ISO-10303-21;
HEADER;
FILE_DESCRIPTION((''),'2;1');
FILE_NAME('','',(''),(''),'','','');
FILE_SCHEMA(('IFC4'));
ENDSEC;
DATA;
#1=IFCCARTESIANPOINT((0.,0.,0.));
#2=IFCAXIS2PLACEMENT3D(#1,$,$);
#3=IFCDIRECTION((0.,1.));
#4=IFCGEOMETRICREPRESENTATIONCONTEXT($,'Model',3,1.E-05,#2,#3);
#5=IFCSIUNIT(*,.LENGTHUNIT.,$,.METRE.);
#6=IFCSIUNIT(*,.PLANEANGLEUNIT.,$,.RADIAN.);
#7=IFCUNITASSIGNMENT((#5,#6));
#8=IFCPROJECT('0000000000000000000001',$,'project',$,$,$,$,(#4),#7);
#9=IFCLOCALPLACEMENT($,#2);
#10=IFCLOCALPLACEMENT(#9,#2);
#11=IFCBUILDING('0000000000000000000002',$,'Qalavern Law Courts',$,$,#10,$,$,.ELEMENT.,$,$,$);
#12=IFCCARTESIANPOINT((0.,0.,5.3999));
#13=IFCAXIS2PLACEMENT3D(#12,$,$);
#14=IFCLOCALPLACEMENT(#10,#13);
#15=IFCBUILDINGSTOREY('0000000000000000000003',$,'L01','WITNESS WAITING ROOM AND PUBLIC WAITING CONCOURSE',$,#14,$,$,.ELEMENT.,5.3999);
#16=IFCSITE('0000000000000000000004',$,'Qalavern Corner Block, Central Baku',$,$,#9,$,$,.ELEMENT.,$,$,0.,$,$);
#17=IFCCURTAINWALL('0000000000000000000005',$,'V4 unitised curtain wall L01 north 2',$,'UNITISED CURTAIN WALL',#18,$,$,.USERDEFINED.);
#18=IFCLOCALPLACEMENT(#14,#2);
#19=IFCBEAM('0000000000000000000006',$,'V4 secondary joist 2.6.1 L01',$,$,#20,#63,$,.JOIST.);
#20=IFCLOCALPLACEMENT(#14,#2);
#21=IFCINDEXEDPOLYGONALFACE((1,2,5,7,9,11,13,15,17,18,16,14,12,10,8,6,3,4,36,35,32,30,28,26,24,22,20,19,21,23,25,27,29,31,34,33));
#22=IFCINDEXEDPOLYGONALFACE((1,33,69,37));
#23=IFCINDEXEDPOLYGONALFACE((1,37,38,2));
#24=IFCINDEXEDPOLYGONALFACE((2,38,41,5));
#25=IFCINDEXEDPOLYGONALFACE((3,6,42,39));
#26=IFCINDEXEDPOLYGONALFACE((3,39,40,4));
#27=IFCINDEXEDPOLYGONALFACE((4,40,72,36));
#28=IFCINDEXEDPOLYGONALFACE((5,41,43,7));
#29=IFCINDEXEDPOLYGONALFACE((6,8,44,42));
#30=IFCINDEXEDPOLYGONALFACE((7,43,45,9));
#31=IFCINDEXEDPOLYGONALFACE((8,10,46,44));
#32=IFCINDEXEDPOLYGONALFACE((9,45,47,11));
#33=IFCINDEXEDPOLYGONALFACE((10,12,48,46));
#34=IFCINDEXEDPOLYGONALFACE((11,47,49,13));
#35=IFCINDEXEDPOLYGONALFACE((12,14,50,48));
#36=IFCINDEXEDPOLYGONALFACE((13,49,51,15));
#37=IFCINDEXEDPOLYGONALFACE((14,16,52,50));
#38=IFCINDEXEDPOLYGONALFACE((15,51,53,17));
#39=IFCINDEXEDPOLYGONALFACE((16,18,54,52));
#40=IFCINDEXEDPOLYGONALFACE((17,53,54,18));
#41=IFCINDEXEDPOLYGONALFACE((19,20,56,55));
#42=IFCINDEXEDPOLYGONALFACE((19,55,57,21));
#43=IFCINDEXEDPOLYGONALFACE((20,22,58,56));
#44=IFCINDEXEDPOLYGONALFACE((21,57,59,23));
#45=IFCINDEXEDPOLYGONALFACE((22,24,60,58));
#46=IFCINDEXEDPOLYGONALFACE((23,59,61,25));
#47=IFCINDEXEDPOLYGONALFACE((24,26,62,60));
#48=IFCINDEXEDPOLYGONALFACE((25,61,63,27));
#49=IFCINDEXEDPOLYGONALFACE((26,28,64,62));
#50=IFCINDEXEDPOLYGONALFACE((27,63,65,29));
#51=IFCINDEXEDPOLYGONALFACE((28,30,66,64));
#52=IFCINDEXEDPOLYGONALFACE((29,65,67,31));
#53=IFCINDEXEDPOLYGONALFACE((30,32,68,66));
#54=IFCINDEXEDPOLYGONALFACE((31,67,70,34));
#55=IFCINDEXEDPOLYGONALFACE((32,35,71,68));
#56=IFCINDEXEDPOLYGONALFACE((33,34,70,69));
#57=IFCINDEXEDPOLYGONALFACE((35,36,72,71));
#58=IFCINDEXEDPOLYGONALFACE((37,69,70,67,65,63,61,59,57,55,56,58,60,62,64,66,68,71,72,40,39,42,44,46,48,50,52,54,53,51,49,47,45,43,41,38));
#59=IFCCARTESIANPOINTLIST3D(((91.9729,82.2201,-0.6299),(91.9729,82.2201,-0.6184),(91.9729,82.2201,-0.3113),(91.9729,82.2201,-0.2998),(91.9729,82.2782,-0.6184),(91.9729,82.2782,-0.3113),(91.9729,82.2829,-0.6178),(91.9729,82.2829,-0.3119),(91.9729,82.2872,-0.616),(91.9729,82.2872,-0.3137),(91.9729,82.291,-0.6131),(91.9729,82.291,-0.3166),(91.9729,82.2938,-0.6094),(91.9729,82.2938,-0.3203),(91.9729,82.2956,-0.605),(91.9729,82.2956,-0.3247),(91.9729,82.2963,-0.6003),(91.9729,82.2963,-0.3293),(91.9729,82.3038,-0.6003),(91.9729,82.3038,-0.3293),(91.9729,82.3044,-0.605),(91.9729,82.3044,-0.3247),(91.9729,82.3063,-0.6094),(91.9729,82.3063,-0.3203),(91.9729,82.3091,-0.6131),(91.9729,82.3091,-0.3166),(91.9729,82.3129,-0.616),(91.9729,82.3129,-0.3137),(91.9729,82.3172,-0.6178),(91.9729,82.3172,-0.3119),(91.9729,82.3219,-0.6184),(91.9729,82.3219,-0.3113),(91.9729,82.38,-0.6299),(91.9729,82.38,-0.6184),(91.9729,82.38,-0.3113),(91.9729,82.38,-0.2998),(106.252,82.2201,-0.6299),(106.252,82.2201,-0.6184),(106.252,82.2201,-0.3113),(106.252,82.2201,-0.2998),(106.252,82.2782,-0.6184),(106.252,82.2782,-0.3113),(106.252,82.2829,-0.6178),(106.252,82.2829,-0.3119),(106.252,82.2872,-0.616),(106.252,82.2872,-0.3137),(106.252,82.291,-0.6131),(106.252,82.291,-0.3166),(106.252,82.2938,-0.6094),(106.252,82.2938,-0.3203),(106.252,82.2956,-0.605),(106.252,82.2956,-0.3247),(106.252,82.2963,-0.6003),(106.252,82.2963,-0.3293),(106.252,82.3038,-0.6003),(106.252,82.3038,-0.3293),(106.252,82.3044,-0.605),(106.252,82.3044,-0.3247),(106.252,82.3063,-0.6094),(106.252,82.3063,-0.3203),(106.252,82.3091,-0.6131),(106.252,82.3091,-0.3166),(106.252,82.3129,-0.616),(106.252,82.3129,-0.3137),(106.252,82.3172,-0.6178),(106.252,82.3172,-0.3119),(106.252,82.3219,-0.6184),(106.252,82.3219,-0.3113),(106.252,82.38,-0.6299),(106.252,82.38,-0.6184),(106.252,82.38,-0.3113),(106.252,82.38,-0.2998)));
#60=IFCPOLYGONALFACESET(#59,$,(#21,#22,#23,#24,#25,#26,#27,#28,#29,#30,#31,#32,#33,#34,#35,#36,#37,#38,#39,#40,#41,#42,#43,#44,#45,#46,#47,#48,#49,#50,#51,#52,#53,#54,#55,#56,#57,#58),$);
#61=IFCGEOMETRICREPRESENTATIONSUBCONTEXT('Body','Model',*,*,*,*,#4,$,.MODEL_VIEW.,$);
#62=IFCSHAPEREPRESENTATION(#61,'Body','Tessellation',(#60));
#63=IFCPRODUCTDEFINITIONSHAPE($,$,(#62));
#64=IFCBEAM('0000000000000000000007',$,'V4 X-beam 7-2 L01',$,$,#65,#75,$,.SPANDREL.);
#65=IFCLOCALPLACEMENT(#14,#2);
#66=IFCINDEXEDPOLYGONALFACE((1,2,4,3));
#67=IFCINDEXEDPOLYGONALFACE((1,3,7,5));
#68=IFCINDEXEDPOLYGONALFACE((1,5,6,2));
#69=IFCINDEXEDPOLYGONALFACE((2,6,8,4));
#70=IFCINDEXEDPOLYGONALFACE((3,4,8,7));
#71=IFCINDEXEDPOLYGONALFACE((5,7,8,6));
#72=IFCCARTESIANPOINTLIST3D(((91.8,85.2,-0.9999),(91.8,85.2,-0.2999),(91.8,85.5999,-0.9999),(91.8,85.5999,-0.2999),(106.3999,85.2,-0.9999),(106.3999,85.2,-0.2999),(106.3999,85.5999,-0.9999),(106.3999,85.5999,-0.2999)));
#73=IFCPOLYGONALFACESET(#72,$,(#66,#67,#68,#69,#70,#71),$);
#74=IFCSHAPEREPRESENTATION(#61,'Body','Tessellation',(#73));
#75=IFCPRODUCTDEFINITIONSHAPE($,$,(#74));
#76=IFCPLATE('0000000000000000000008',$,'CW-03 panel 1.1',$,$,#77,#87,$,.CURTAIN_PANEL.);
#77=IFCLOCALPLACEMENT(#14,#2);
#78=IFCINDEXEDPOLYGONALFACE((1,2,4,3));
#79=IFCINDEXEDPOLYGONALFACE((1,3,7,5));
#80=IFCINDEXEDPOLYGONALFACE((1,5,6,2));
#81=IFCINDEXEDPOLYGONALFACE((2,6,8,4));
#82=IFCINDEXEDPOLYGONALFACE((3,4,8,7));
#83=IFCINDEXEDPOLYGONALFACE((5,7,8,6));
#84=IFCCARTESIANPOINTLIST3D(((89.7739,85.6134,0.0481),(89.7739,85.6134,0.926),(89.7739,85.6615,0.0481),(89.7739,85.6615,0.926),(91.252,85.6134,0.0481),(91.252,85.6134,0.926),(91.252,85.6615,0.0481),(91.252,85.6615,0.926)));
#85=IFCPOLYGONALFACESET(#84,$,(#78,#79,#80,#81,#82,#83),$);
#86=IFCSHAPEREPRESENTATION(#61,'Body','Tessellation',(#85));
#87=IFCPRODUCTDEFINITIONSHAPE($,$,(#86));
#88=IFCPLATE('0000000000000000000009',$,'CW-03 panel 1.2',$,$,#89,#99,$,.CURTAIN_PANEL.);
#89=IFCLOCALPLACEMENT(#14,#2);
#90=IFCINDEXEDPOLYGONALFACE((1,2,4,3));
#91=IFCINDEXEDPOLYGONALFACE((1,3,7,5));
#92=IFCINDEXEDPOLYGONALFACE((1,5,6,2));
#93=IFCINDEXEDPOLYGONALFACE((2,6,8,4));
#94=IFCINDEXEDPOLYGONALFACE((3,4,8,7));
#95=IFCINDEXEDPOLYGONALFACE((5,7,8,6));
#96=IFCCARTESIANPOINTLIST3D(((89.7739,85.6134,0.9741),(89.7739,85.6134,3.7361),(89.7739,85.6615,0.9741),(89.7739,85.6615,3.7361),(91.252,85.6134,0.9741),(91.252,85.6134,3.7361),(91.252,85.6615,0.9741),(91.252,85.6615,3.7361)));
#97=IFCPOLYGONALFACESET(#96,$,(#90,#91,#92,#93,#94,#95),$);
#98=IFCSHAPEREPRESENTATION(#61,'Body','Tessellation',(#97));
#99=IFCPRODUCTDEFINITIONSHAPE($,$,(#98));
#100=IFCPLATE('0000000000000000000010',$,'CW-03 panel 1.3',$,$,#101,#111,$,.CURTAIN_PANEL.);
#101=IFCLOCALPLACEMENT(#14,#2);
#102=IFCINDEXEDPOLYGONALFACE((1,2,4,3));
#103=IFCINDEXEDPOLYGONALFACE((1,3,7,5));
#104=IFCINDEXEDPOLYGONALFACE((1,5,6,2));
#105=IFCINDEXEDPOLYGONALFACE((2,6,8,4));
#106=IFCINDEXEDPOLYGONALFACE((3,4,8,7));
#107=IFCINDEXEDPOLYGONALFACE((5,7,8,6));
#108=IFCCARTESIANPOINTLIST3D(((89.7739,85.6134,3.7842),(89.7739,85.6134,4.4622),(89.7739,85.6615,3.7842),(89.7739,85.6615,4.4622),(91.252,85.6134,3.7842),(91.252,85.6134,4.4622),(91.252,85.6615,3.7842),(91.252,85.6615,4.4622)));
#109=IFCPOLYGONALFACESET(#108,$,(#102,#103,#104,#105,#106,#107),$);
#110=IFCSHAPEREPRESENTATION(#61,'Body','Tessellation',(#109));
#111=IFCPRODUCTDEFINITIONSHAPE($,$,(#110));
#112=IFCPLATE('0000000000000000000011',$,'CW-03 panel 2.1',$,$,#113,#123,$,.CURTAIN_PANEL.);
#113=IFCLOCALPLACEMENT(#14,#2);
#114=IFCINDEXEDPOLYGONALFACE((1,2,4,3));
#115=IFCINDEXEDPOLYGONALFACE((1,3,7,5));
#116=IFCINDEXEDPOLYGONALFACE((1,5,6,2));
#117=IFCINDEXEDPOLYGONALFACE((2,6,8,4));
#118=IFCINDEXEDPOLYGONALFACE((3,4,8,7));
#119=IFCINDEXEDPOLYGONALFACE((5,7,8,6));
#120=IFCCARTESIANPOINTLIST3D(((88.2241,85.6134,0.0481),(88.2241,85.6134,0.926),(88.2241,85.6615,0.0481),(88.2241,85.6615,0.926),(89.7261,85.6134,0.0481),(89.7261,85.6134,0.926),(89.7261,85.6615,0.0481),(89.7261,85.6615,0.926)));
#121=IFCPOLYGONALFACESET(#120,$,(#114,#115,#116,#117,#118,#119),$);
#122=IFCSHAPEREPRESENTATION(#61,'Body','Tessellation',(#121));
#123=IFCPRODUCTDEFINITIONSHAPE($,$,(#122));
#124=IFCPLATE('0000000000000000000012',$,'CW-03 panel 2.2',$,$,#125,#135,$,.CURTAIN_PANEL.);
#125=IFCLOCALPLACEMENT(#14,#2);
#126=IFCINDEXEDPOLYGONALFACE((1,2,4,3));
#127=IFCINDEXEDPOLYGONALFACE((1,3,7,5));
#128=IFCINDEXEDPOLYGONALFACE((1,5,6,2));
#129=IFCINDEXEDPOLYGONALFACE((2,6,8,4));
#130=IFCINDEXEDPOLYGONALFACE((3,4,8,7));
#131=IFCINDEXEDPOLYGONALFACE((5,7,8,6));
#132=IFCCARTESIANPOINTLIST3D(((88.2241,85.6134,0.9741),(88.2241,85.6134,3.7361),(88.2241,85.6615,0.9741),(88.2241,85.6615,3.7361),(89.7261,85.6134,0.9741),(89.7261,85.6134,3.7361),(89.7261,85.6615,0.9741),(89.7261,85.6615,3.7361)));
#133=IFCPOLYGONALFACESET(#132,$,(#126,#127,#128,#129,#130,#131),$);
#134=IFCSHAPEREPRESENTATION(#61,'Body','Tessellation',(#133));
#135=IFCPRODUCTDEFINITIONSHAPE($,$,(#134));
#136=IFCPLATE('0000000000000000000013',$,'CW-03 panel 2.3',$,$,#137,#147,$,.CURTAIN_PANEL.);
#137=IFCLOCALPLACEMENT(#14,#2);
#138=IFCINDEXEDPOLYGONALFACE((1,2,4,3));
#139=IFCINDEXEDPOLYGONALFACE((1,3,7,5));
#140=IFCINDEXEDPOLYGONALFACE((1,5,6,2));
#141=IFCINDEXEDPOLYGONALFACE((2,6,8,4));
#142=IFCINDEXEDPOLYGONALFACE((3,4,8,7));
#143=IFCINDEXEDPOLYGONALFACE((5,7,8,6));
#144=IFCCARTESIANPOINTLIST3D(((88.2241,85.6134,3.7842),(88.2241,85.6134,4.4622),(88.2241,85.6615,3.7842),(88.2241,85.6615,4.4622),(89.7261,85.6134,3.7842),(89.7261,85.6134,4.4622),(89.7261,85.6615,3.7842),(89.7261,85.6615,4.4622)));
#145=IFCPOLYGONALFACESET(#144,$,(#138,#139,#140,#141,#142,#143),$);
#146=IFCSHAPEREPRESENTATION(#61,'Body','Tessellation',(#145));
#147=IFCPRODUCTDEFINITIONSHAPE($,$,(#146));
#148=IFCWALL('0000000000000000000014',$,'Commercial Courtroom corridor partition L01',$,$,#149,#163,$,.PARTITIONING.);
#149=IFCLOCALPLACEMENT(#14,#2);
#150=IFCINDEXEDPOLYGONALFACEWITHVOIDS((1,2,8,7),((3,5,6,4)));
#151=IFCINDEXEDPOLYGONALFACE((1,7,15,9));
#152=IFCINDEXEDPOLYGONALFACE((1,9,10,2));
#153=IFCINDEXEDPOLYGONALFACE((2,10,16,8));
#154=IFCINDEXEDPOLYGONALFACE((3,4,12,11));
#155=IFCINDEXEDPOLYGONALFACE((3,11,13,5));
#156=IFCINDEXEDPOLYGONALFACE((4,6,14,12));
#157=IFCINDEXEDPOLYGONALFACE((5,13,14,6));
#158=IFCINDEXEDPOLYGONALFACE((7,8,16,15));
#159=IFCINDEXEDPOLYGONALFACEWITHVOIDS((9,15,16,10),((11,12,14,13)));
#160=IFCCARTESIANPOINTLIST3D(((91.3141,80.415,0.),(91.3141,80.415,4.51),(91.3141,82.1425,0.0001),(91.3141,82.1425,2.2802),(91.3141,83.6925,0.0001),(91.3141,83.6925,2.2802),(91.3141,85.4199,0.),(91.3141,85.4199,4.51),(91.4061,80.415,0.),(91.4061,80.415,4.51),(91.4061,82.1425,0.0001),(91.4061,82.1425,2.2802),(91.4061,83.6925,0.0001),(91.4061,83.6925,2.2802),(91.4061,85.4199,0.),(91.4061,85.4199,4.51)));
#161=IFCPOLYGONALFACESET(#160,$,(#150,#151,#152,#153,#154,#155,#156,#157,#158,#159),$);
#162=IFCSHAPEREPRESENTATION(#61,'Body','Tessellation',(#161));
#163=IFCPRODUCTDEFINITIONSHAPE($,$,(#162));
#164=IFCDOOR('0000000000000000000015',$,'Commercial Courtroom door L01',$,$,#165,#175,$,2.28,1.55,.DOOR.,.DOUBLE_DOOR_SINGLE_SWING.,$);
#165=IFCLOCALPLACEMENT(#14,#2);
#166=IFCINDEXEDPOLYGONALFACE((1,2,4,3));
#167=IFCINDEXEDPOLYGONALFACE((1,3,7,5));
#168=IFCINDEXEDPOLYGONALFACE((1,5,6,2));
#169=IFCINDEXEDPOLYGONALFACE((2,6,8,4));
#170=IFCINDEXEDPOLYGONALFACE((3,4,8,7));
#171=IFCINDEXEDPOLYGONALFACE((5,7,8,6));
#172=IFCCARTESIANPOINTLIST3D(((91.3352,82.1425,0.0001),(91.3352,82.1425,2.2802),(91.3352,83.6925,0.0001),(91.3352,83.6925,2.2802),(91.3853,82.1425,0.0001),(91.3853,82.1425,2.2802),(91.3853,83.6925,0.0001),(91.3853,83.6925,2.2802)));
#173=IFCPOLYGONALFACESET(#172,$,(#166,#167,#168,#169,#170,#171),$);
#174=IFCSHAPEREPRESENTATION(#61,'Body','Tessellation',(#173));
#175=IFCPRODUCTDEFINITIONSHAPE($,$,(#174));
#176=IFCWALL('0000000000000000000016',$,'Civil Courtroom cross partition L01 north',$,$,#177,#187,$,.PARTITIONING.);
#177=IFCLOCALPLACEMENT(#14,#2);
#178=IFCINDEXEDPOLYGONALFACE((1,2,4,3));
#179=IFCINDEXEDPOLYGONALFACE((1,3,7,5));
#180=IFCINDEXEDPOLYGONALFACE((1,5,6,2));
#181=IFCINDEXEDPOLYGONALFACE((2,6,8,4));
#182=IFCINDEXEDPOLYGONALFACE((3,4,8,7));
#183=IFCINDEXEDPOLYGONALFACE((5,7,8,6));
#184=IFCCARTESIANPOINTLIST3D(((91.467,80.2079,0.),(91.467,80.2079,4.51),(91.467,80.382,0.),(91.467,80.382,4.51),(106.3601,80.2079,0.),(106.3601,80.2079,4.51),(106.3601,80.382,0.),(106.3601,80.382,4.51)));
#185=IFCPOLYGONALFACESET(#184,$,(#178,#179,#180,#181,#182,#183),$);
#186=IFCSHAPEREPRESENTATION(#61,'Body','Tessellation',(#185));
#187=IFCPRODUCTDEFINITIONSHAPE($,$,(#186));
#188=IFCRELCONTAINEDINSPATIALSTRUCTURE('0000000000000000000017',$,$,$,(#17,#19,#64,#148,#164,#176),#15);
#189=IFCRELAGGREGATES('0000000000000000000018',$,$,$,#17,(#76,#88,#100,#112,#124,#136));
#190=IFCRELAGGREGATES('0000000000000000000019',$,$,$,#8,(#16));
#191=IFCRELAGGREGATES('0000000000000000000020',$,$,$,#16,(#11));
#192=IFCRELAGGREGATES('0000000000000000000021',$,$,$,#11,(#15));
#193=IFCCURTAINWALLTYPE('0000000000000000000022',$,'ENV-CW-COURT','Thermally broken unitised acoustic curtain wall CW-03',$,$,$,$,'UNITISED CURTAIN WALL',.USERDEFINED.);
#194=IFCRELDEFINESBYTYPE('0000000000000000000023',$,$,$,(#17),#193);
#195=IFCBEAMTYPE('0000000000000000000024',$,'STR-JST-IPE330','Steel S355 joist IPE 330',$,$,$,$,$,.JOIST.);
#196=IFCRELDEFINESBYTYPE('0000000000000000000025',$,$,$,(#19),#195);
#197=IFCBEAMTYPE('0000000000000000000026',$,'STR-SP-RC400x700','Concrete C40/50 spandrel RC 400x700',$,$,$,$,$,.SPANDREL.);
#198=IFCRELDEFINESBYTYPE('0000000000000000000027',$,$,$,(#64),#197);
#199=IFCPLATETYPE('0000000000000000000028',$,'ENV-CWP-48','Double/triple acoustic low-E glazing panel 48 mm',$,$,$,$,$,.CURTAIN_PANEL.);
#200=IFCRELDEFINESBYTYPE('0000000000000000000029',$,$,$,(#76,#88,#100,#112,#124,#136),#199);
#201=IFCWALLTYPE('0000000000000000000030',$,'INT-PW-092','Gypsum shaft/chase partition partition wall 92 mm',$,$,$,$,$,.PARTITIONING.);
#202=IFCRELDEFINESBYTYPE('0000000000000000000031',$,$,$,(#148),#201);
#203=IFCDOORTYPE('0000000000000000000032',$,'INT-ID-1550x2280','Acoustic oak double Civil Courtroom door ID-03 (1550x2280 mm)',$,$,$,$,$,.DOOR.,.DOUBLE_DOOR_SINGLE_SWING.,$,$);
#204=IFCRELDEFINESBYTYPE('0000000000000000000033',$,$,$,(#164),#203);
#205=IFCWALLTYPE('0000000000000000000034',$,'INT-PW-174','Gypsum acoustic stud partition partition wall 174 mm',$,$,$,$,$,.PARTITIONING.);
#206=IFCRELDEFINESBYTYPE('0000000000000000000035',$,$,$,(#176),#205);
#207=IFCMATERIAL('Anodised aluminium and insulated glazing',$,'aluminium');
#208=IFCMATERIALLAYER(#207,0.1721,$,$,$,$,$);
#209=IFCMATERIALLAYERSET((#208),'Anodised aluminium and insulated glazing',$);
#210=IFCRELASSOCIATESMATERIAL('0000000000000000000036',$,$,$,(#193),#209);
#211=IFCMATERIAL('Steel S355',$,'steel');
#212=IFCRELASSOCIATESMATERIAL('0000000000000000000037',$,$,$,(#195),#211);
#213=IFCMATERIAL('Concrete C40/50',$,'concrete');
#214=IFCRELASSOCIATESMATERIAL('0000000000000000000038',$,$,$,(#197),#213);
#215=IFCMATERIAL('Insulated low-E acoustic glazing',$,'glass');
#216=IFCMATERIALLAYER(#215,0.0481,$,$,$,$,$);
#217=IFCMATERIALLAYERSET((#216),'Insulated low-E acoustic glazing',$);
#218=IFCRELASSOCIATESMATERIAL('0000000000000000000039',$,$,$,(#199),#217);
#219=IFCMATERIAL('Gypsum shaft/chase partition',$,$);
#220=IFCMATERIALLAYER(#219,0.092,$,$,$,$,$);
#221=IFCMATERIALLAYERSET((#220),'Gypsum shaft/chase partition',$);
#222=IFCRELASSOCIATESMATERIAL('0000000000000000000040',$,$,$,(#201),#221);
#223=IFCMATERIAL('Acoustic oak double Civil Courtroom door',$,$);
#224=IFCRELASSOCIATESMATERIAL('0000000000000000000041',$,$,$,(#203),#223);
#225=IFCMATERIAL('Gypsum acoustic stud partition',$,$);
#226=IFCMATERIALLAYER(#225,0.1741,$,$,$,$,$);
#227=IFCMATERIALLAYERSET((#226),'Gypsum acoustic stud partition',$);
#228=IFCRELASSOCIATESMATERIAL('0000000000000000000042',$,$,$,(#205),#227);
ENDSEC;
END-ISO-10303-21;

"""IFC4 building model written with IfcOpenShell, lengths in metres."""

from ifc_helpers import new_model, si_unit, direction, frame, frame_2d, origin, origin_2d, place, context, subcontext, project, spatial, rectangle, i_section, extrude, material, layer, layer_set, material_profile, profile_set, type_object, element, fill, aggregate, save


model = new_model("IFC4")

# Units and contexts
model_context = context("Model", 3, precision=1e-05, world=origin(), true_north=direction((0.0, 1.0)))
body_context = subcontext(model_context, "Body", "Model", "MODEL_VIEW")
ifc_project = project(units=[si_unit("LENGTHUNIT", "METRE"), si_unit("PLANEANGLEUNIT", "RADIAN")], contexts=[model_context])

# Site, building, storey
site_placement = place(None, origin())
site = spatial("IfcSite", under=ifc_project, at=site_placement, Name="Qalavern Corner Block, Central Baku", CompositionType="ELEMENT", RefElevation=0.0)
building_placement = place(site_placement, origin())
building = spatial("IfcBuilding", under=site, at=building_placement, Name="Qalavern Law Courts", CompositionType="ELEMENT")
storey_placement = place(building_placement, frame((0.0, 0.0, 5.3999)))
storey = spatial("IfcBuildingStorey", under=building, at=storey_placement, Name="L01", Description="WITNESS WAITING ROOM AND PUBLIC WAITING CONCOURSE", CompositionType="ELEMENT", Elevation=5.3999)

# Curtain wall
ifc_material_1 = material(Name="Anodised aluminium and insulated glazing", Category="aluminium")
ifc_layer_1 = layer(ifc_material_1, 0.1721)
ifc_layer_set_1 = layer_set([ifc_layer_1], Name="Anodised aluminium and insulated glazing")
curtain_wall_type = type_object("IfcCurtainWallType", Name="ENV-CW-COURT", Description="Thermally broken unitised acoustic curtain wall CW-03", ElementType="UNITISED CURTAIN WALL", PredefinedType="USERDEFINED", material=ifc_layer_set_1)
curtain_wall_placement = place(storey_placement, origin())
curtain_wall = element("IfcCurtainWall", 1, at=curtain_wall_placement, inside=storey, type_object=curtain_wall_type, Name="V4 unitised curtain wall L01 north 2", ObjectType="UNITISED CURTAIN WALL", PredefinedType="USERDEFINED")

# Beams
ifc_material_2 = material(Name="Concrete C40/50", Category="concrete")
ifc_material_3 = material(Name="Steel S355", Category="steel")
ifc_material_profile_1 = material_profile(ifc_material_3, i_section(OverallWidth=0.1599, OverallDepth=0.3301, WebThickness=0.0076, FlangeThickness=0.0115, FilletRadius=0.0181, at=origin_2d()), Name="IPE 330")
ifc_profile_set_1 = profile_set([ifc_material_profile_1], Name="Steel S355")
beam_type_1 = type_object("IfcBeamType", Name="STR-JST-IPE330", Description="Steel S355 joist IPE 330", PredefinedType="JOIST", material=ifc_profile_set_1)
beam_1_placement = place(storey_placement, frame((91.9729, 82.3, -0.4648), z_axis=(1.0, 0.0, 0.0), x_axis=(0.0, 1.0, 0.0)))
element("IfcBeam", 2, at=beam_1_placement, inside=storey, type_object=beam_type_1, Name="V4 secondary joist 2.6.1 L01", PredefinedType="JOIST", context=body_context, shape_type="SweptSolid", body=[
    extrude(i_section(OverallWidth=0.1599, OverallDepth=0.3301, WebThickness=0.0076, FlangeThickness=0.0115, FilletRadius=0.0181, at=origin_2d()), origin(), (0.0, 0.0, 1.0), 14.2791),
])
ifc_material_profile_2 = material_profile(ifc_material_2, rectangle(XDim=0.3999, YDim=0.7, at=origin_2d()), Name="RC 400x700")
ifc_profile_set_2 = profile_set([ifc_material_profile_2], Name="Concrete C40/50")
beam_type_2 = type_object("IfcBeamType", Name="STR-SP-RC400x700", Description="Concrete C40/50 spandrel RC 400x700", PredefinedType="SPANDREL", material=ifc_profile_set_2)
beam_2_placement = place(storey_placement, frame((91.8, 85.3999, -0.6499), z_axis=(1.0, 0.0, 0.0), x_axis=(0.0, 1.0, 0.0)))
element("IfcBeam", 3, at=beam_2_placement, inside=storey, type_object=beam_type_2, Name="V4 X-beam 7-2 L01", PredefinedType="SPANDREL", context=body_context, shape_type="SweptSolid", body=[
    extrude(rectangle(XDim=0.3999, YDim=0.7, at=origin_2d()), origin(), (0.0, 0.0, 1.0), 14.5999),
])

# Plates
ifc_material_4 = material(Name="Insulated low-E acoustic glazing", Category="glass")
ifc_layer_2 = layer(ifc_material_4, 0.0481)
ifc_layer_set_2 = layer_set([ifc_layer_2], Name="Insulated low-E acoustic glazing")
plate_type = type_object("IfcPlateType", Name="ENV-CWP-48", Description="Double/triple acoustic low-E glazing panel 48 mm", PredefinedType="CURTAIN_PANEL", material=ifc_layer_set_2)
plate_1_placement = place(storey_placement, frame((90.5129, 85.6375, 0.0481), z_axis=(0.0, 0.0, 1.0), x_axis=(-1.0, 0.0, 0.0)))
plate_1 = element("IfcPlate", 4, at=plate_1_placement, type_object=plate_type, Name="CW-03 panel 1.1", PredefinedType="CURTAIN_PANEL", context=body_context, shape_type="SweptSolid", body=[
    extrude(rectangle(XDim=1.478, YDim=0.0481, at=origin_2d()), origin(), (0.0, 0.0, 1.0), 0.8779),
])
plate_2_placement = place(storey_placement, frame((90.5129, 85.6375, 0.9741), z_axis=(0.0, 0.0, 1.0), x_axis=(-1.0, 0.0, 0.0)))
plate_2 = element("IfcPlate", 5, at=plate_2_placement, type_object=plate_type, Name="CW-03 panel 1.2", PredefinedType="CURTAIN_PANEL", context=body_context, shape_type="SweptSolid", body=[
    extrude(rectangle(XDim=1.478, YDim=0.0481, at=origin_2d()), origin(), (0.0, 0.0, 1.0), 2.762),
])
plate_3_placement = place(storey_placement, frame((90.5129, 85.6375, 3.7842), z_axis=(0.0, 0.0, 1.0), x_axis=(-1.0, 0.0, 0.0)))
plate_3 = element("IfcPlate", 6, at=plate_3_placement, type_object=plate_type, Name="CW-03 panel 1.3", PredefinedType="CURTAIN_PANEL", context=body_context, shape_type="SweptSolid", body=[
    extrude(rectangle(XDim=1.478, YDim=0.0481, at=origin_2d()), origin(), (0.0, 0.0, 1.0), 0.678),
])
plate_4_placement = place(storey_placement, frame((88.9751, 85.6375, 0.0481), z_axis=(0.0, 0.0, 1.0), x_axis=(-1.0, 0.0, 0.0)))
plate_4 = element("IfcPlate", 7, at=plate_4_placement, type_object=plate_type, Name="CW-03 panel 2.1", PredefinedType="CURTAIN_PANEL", context=body_context, shape_type="SweptSolid", body=[
    extrude(rectangle(XDim=1.502, YDim=0.0481, at=origin_2d()), origin(), (0.0, 0.0, 1.0), 0.8779),
])
plate_5_placement = place(storey_placement, frame((88.9751, 85.6375, 0.9741), z_axis=(0.0, 0.0, 1.0), x_axis=(-1.0, 0.0, 0.0)))
plate_5 = element("IfcPlate", 8, at=plate_5_placement, type_object=plate_type, Name="CW-03 panel 2.2", PredefinedType="CURTAIN_PANEL", context=body_context, shape_type="SweptSolid", body=[
    extrude(rectangle(XDim=1.502, YDim=0.0481, at=origin_2d()), origin(), (0.0, 0.0, 1.0), 2.762),
])
plate_6_placement = place(storey_placement, frame((88.9751, 85.6375, 3.7842), z_axis=(0.0, 0.0, 1.0), x_axis=(-1.0, 0.0, 0.0)))
plate_6 = element("IfcPlate", 9, at=plate_6_placement, type_object=plate_type, Name="CW-03 panel 2.3", PredefinedType="CURTAIN_PANEL", context=body_context, shape_type="SweptSolid", body=[
    extrude(rectangle(XDim=1.502, YDim=0.0481, at=origin_2d()), origin(), (0.0, 0.0, 1.0), 0.678),
])
aggregate(curtain_wall, [plate_1, plate_2, plate_3, plate_4, plate_5, plate_6])

# Wall, opening, door
ifc_material_5 = material(Name="Gypsum shaft/chase partition")
ifc_layer_3 = layer(ifc_material_5, 0.092)
ifc_layer_set_3 = layer_set([ifc_layer_3], Name="Gypsum shaft/chase partition")
wall_type_1 = type_object("IfcWallType", Name="INT-PW-092", Description="Gypsum shaft/chase partition partition wall 92 mm", PredefinedType="PARTITIONING", material=ifc_layer_set_3)
wall_1_placement = place(storey_placement, frame((91.3601, 80.415, 0.0), z_axis=(0.0, 0.0, 1.0), x_axis=(0.0, 1.0, 0.0)))
wall_1 = element("IfcWall", 10, at=wall_1_placement, inside=storey, type_object=wall_type_1, Name="Commercial Courtroom corridor partition L01", PredefinedType="PARTITIONING", context=body_context, shape_type="SweptSolid", body=[
    extrude(rectangle(XDim=5.0049, YDim=0.092, at=frame_2d((2.5024, 0.0))), origin(), (0.0, 0.0, 1.0), 4.51),
])
opening_placement = place(wall_1_placement, frame((1.7275, 0.0, 0.0)))
opening = element("IfcOpeningElement", 11, at=opening_placement, cuts=wall_1, PredefinedType="OPENING", context=body_context, shape_type="SweptSolid", body=[
    extrude(rectangle(XDim=1.55, YDim=2.28, at=frame_2d((0.7749, 1.1401))), frame((0.0, 0.061, 0.0), z_axis=(0.0, -1.0, 0.0), x_axis=(1.0, 0.0, 0.0)), (0.0, 0.0, 1.0), 0.1218),
])
ifc_material_6 = material(Name="Acoustic oak double Civil Courtroom door")
door_type = type_object("IfcDoorType", Name="INT-ID-1550x2280", Description="Acoustic oak double Civil Courtroom door ID-03 (1550x2280 mm)", OperationType="DOUBLE_DOOR_SINGLE_SWING", PredefinedType="DOOR", material=ifc_material_6)
door_placement = place(opening_placement, origin())
door = element("IfcDoor", 12, at=door_placement, inside=storey, type_object=door_type, Name="Commercial Courtroom door L01", OperationType="DOUBLE_DOOR_SINGLE_SWING", OverallHeight=2.28, OverallWidth=1.55, PredefinedType="DOOR", context=body_context, shape_type="SweptSolid", body=[
    extrude(rectangle(XDim=1.55, YDim=2.28, at=frame_2d((0.7749, 1.1401))), frame((0.0, 0.0249, 0.0), z_axis=(0.0, -1.0, 0.0), x_axis=(1.0, 0.0, 0.0)), (0.0, 0.0, 1.0), 0.05),
])
fill(opening, door)

# Wall
ifc_material_7 = material(Name="Gypsum acoustic stud partition")
ifc_layer_4 = layer(ifc_material_7, 0.1741)
ifc_layer_set_4 = layer_set([ifc_layer_4], Name="Gypsum acoustic stud partition")
wall_type_2 = type_object("IfcWallType", Name="INT-PW-174", Description="Gypsum acoustic stud partition partition wall 174 mm", PredefinedType="PARTITIONING", material=ifc_layer_set_4)
wall_2_placement = place(storey_placement, frame((91.467, 80.2949, 0.0), z_axis=(0.0, 0.0, 1.0), x_axis=(1.0, 0.0, 0.0)))
element("IfcWall", 13, at=wall_2_placement, inside=storey, type_object=wall_type_2, Name="Civil Courtroom cross partition L01 north", PredefinedType="PARTITIONING", context=body_context, shape_type="SweptSolid", body=[
    extrude(rectangle(XDim=14.8931, YDim=0.1741, at=frame_2d((7.4465, 0.0))), origin(), (0.0, 0.0, 1.0), 4.51),
])

save(model, "model.ifc")
